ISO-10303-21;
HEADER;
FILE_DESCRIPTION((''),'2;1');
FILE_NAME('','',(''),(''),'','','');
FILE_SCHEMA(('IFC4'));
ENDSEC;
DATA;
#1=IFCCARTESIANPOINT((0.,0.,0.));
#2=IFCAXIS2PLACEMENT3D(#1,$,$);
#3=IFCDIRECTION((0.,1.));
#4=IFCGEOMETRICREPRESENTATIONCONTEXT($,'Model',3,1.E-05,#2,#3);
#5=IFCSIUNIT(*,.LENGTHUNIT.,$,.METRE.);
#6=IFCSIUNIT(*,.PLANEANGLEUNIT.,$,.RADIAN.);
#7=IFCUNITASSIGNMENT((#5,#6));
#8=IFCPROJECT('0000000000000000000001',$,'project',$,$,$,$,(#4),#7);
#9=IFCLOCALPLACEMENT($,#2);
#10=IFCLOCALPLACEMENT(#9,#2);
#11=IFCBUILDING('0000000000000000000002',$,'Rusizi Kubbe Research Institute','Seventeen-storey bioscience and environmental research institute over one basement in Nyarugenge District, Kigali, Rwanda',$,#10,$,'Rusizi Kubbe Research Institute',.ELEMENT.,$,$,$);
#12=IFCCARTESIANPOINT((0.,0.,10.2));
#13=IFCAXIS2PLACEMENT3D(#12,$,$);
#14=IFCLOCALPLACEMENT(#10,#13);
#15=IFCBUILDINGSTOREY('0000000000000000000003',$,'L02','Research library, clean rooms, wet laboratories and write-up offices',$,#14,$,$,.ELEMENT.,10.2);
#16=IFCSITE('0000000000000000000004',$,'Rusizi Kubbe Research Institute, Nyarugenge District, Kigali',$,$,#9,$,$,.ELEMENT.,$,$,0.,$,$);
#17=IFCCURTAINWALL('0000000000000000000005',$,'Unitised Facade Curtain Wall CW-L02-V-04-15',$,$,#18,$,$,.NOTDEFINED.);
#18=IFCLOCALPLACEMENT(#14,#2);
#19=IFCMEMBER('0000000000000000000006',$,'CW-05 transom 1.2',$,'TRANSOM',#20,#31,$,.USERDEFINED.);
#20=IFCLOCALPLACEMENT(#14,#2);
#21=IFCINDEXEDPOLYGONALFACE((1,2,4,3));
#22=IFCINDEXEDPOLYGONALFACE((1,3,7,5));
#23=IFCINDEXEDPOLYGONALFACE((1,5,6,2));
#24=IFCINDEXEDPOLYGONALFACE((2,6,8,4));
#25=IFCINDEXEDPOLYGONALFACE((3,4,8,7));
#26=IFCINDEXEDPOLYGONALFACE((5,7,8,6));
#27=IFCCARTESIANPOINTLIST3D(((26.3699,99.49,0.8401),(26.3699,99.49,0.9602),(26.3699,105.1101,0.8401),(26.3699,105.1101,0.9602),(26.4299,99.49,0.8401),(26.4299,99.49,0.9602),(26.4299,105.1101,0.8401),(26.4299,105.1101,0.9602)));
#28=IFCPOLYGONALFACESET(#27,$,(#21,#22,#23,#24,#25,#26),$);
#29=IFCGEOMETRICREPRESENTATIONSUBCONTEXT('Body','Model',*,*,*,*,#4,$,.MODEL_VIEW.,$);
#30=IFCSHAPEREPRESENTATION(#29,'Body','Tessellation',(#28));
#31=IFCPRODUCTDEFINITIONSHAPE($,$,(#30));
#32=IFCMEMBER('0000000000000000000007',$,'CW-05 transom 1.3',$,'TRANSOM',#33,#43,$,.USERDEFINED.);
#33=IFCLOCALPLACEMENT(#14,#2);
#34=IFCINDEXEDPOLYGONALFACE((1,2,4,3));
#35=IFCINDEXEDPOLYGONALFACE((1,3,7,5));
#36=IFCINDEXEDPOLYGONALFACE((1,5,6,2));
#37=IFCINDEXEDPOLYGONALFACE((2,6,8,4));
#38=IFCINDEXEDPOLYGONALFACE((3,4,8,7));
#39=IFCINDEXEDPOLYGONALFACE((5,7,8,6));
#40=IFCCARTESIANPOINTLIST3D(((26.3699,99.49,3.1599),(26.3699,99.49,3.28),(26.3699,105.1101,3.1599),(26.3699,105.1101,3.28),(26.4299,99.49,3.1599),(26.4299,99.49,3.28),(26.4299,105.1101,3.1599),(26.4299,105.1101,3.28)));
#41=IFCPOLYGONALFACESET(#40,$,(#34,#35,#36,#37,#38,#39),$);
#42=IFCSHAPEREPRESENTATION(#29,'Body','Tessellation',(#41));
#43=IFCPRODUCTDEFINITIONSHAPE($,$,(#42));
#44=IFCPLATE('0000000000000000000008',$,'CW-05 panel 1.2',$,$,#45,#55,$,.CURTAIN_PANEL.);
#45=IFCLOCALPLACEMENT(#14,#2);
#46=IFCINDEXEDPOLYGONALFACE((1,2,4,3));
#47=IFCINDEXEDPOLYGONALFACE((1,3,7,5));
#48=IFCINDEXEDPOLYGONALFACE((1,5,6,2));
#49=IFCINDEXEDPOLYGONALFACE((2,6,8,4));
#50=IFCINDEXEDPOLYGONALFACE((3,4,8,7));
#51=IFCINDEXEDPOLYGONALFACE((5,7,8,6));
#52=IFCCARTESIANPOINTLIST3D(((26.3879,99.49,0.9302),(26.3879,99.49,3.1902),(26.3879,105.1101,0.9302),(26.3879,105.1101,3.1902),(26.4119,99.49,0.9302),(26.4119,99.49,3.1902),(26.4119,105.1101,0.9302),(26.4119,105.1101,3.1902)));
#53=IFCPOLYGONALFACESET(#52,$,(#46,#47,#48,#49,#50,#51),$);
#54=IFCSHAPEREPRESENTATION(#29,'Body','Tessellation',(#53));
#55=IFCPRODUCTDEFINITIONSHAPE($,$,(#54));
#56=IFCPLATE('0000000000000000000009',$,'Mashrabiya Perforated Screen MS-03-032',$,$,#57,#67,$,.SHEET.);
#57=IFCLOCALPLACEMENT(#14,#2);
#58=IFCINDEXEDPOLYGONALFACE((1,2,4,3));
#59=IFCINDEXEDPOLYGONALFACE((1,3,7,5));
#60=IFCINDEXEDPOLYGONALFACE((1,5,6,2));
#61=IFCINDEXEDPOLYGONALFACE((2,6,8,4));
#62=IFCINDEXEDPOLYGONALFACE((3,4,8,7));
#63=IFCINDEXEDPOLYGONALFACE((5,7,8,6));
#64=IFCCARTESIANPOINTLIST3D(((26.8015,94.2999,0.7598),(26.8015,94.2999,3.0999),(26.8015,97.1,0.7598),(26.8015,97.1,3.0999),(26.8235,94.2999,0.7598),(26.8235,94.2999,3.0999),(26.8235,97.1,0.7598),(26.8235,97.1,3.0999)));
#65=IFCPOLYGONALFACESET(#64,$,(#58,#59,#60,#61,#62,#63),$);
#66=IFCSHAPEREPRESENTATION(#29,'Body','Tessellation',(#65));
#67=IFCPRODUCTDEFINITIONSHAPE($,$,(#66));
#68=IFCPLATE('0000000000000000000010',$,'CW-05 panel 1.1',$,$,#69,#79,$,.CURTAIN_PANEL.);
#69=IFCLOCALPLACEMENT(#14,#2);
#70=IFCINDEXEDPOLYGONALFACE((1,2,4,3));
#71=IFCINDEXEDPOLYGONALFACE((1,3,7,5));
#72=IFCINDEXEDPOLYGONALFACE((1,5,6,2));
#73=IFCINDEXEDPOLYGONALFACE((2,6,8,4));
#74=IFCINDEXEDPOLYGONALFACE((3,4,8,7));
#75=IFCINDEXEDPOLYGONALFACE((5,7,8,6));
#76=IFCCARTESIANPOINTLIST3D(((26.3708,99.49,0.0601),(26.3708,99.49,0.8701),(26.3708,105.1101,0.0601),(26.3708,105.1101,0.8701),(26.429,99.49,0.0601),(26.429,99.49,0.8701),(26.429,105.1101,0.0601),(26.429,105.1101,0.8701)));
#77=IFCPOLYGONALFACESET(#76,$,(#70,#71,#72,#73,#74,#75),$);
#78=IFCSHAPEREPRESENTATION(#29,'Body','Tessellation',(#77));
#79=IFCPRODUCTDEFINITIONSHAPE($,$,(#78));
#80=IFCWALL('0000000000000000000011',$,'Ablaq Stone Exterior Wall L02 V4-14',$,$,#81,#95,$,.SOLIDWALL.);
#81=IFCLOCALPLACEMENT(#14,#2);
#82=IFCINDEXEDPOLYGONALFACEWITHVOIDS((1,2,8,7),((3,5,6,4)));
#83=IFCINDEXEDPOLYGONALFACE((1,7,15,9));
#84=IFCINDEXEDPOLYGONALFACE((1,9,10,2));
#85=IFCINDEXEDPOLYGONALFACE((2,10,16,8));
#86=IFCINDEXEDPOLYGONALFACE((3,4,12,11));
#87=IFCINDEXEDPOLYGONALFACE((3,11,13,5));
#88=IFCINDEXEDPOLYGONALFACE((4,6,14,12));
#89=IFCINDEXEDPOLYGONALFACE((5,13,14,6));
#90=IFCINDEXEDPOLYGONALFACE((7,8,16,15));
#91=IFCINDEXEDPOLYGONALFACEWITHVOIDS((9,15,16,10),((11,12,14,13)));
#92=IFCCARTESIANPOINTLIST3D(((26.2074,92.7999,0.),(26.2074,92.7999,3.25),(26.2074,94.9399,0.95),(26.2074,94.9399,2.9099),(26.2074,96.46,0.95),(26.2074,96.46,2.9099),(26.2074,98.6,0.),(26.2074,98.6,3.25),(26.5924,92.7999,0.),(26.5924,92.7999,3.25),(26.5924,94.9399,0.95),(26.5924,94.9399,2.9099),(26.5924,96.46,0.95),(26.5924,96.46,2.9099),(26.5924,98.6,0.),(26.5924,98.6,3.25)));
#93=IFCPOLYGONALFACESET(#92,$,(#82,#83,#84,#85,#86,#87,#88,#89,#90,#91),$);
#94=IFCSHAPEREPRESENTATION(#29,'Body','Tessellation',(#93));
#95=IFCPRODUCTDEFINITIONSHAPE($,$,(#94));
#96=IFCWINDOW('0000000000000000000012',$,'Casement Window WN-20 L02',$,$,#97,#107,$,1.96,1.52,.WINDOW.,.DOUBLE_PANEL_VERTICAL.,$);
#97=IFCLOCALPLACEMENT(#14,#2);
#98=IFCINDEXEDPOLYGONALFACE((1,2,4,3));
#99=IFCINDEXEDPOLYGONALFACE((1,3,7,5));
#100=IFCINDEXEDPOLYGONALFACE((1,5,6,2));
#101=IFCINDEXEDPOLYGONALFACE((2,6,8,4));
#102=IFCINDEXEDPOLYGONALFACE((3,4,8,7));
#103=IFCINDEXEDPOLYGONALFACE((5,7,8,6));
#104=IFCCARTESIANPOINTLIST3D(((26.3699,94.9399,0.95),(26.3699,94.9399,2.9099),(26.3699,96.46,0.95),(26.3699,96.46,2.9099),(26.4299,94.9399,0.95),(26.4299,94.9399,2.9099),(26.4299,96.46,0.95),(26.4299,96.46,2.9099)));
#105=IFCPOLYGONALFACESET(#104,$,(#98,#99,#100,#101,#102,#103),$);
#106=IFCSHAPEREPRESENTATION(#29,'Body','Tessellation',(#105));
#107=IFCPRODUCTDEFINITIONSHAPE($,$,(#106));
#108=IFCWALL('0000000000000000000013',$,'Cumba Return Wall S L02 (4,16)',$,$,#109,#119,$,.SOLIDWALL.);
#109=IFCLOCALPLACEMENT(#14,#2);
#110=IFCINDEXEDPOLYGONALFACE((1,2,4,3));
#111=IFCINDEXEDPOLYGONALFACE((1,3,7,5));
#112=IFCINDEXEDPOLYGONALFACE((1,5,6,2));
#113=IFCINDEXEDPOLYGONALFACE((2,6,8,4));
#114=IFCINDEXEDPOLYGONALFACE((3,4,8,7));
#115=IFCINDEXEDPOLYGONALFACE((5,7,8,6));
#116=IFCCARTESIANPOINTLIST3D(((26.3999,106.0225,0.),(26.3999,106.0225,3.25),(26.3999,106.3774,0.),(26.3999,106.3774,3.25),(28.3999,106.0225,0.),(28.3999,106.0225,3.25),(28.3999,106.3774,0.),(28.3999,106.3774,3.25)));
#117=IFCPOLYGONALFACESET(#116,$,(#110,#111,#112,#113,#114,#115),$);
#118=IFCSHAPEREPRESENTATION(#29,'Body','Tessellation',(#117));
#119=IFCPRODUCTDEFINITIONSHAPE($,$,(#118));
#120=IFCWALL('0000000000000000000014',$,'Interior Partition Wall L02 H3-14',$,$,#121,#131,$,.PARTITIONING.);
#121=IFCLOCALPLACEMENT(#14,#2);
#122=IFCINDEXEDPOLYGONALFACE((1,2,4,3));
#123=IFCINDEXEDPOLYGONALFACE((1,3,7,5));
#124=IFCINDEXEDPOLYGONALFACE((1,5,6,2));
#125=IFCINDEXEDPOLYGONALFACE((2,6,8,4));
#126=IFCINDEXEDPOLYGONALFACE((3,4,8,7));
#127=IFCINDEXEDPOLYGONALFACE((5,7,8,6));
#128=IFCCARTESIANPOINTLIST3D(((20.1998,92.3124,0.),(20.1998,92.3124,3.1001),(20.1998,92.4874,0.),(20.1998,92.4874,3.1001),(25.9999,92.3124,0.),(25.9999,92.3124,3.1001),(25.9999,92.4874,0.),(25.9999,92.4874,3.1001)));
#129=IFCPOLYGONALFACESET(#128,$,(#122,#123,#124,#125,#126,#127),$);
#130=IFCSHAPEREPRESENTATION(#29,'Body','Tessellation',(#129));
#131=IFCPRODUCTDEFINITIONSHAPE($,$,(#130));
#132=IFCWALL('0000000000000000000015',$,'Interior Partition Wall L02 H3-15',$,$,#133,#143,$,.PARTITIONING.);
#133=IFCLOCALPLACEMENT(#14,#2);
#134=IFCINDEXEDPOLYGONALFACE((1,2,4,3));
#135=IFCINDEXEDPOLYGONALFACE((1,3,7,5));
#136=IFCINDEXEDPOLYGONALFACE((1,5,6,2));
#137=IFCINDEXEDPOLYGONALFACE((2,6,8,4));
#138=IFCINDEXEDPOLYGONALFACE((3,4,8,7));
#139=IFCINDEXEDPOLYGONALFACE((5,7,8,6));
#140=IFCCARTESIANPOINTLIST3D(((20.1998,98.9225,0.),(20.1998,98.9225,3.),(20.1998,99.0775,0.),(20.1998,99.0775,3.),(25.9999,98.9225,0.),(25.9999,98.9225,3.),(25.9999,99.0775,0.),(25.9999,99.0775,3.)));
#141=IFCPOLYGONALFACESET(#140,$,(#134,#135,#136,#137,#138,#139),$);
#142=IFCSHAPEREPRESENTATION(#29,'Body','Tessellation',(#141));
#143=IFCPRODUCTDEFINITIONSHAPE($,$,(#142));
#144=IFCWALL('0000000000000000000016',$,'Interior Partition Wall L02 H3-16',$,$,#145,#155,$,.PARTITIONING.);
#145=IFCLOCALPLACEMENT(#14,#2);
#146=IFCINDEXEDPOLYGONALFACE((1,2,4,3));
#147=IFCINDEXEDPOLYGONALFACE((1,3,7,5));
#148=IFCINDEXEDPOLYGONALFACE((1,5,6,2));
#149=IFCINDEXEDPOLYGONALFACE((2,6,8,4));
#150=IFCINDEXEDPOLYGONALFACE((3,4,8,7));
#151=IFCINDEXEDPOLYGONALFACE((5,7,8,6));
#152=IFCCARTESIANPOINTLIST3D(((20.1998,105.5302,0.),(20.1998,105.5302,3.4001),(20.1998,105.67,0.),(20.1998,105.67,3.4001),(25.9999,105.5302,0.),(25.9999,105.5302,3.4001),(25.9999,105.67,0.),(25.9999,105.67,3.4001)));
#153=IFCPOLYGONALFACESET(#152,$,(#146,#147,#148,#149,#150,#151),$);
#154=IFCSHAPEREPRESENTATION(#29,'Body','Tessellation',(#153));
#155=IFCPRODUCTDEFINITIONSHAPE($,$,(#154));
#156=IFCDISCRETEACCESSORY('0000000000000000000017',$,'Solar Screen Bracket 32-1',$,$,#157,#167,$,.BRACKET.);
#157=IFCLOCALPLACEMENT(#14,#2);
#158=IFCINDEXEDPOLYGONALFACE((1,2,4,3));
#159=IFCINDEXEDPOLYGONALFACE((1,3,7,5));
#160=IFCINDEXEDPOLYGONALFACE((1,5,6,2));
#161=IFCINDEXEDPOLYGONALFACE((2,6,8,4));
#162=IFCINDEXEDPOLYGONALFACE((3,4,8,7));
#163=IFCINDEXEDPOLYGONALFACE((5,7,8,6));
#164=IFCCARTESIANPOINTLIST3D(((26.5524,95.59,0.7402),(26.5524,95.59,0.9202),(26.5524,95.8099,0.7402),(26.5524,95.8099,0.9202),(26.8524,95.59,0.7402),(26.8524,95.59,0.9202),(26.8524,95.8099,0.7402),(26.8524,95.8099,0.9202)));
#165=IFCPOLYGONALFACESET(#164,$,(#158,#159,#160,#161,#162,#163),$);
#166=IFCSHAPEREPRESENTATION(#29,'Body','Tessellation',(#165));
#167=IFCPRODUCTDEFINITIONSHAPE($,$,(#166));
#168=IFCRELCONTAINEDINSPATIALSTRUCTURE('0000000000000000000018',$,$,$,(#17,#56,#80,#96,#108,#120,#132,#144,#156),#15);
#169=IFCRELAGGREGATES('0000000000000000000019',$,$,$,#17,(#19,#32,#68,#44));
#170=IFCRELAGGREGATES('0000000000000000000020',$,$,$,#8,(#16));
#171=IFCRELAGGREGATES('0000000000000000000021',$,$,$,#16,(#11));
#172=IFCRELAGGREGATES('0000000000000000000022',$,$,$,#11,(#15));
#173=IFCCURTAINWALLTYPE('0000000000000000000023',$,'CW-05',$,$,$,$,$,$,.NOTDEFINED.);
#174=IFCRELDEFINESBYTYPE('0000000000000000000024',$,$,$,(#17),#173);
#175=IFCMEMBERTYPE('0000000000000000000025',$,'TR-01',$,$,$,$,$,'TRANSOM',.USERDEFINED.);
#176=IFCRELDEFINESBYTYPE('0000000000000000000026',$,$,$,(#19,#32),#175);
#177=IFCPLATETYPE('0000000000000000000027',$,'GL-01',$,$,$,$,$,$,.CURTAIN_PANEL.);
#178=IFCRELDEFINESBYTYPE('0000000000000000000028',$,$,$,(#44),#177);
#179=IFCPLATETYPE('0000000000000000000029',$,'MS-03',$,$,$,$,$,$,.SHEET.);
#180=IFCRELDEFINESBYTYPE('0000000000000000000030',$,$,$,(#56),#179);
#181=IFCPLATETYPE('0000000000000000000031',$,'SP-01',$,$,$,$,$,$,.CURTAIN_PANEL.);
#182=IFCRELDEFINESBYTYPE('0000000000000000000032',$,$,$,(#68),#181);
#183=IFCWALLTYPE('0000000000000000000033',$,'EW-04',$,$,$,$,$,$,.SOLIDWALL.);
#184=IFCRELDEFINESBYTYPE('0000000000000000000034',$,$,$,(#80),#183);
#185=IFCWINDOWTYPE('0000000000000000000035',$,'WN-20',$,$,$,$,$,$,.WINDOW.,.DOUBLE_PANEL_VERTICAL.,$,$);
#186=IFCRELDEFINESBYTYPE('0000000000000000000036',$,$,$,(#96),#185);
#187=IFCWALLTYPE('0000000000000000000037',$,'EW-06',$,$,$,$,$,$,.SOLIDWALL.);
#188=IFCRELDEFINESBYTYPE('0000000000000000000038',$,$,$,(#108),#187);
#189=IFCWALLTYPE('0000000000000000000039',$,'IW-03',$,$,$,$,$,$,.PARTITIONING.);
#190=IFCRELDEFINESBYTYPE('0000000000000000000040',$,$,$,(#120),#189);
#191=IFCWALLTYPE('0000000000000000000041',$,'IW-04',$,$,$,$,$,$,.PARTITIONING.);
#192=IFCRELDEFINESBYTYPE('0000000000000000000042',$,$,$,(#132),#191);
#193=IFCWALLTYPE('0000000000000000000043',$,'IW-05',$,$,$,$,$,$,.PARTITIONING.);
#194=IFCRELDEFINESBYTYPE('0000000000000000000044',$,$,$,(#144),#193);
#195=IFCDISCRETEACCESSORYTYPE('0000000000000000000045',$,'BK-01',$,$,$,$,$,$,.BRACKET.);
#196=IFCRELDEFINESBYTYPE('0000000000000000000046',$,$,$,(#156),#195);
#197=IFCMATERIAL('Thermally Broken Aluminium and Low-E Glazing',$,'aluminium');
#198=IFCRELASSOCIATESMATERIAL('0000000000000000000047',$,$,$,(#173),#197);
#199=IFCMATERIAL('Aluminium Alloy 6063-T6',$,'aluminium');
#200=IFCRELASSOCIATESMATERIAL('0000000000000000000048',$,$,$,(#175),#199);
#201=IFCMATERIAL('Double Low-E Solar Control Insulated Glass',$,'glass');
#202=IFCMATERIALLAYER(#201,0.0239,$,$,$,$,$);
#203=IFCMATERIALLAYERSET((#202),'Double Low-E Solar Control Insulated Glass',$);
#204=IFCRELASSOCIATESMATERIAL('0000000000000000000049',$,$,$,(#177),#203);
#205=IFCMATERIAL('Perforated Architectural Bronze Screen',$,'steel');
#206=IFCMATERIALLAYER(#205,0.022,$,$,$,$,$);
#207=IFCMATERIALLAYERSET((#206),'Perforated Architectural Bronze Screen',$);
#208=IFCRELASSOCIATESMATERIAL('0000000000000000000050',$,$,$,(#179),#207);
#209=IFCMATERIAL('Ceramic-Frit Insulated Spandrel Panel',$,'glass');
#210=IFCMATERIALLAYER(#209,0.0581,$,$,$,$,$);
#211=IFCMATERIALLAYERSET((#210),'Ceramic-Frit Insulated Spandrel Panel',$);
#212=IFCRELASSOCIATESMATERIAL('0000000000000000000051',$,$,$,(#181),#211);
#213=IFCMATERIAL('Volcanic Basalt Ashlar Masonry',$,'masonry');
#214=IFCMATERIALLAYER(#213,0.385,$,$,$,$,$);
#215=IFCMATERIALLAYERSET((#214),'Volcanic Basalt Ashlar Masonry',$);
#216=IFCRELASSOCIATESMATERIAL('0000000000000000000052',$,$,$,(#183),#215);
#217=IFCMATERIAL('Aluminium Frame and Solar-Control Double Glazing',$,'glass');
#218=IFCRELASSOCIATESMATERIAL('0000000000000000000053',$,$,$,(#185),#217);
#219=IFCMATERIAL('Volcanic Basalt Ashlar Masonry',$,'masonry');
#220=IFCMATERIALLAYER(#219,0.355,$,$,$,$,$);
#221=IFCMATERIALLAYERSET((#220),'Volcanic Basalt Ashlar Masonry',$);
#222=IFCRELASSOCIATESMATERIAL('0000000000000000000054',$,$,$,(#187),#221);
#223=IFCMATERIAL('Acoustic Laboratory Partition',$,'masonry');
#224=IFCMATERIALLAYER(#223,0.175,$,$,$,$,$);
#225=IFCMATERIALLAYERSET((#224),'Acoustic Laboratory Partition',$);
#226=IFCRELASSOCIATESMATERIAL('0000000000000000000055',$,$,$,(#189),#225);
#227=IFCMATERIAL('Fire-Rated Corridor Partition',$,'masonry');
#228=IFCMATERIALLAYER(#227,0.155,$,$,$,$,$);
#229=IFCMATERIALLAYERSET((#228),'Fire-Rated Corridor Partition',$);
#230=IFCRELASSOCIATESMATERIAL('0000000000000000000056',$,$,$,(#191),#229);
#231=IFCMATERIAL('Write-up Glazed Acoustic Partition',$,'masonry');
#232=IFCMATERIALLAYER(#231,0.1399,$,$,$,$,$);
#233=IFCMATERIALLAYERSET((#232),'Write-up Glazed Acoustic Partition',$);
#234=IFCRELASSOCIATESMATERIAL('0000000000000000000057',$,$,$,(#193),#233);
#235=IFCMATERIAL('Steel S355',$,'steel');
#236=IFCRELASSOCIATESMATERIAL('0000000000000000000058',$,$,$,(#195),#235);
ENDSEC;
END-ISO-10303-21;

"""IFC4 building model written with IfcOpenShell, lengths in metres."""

from ifc_helpers import new_model, si_unit, direction, frame, frame_2d, origin, origin_2d, place, context, subcontext, project, spatial, rectangle, extrude, material, layer, layer_set, material_profile, profile_set, type_object, element, fill, aggregate, save


model = new_model("IFC4")

# Units and contexts
model_context = context("Model", 3, precision=1e-05, world=origin(), true_north=direction((0.0, 1.0)))
body_context = subcontext(model_context, "Body", "Model", "MODEL_VIEW")
ifc_project = project(units=[si_unit("LENGTHUNIT", "METRE"), si_unit("PLANEANGLEUNIT", "RADIAN")], contexts=[model_context])

# Site, building, storey
site_placement = place(None, origin())
site = spatial("IfcSite", under=ifc_project, at=site_placement, Name="Rusizi Kubbe Research Institute, Nyarugenge District, Kigali", CompositionType="ELEMENT", RefElevation=0.0)
building_placement = place(site_placement, origin())
building = spatial("IfcBuilding", under=site, at=building_placement, Name="Rusizi Kubbe Research Institute", Description="Seventeen-storey bioscience and environmental research institute over one basement in Nyarugenge District, Kigali, Rwanda", LongName="Rusizi Kubbe Research Institute", CompositionType="ELEMENT")
storey_placement = place(building_placement, frame((0.0, 0.0, 10.2)))
storey = spatial("IfcBuildingStorey", under=building, at=storey_placement, Name="L02", Description="Research library, clean rooms, wet laboratories and write-up offices", CompositionType="ELEMENT", Elevation=10.2)

# Curtain wall, members, plate
ifc_material_1 = material(Name="Thermally Broken Aluminium and Low-E Glazing", Category="aluminium")
curtain_wall_type = type_object("IfcCurtainWallType", Name="CW-05", PredefinedType="NOTDEFINED", material=ifc_material_1)
curtain_wall_placement = place(storey_placement, origin())
curtain_wall = element("IfcCurtainWall", 1, at=curtain_wall_placement, inside=storey, type_object=curtain_wall_type, Name="Unitised Facade Curtain Wall CW-L02-V-04-15", PredefinedType="NOTDEFINED")
ifc_material_2 = material(Name="Aluminium Alloy 6063-T6", Category="aluminium")
ifc_material_profile_1 = material_profile(ifc_material_2, rectangle(XDim=0.0601, YDim=0.1201, at=origin_2d()), Name="ALU-T 60x120")
ifc_profile_set_1 = profile_set([ifc_material_profile_1], Name="Aluminium Alloy 6063-T6")
member_type_1 = type_object("IfcMemberType", Name="TR-01", ElementType="TRANSOM", PredefinedType="USERDEFINED", material=ifc_profile_set_1)
member_1_placement = place(storey_placement, frame((26.3999, 99.49, 0.9001), z_axis=(0.0, 1.0, 0.0), x_axis=(-1.0, 0.0, 0.0)))
member_1 = element("IfcMember", 2, at=member_1_placement, type_object=member_type_1, Name="CW-05 transom 1.2", ObjectType="TRANSOM", PredefinedType="USERDEFINED", context=body_context, shape_type="SweptSolid", body=[
    extrude(rectangle(XDim=0.0601, YDim=0.1201, at=origin_2d()), origin(), (0.0, 0.0, 1.0), 5.6201),
])
member_2_placement = place(storey_placement, frame((26.3999, 99.49, 3.22), z_axis=(0.0, 1.0, 0.0), x_axis=(-1.0, 0.0, 0.0)))
member_2 = element("IfcMember", 3, at=member_2_placement, type_object=member_type_1, Name="CW-05 transom 1.3", ObjectType="TRANSOM", PredefinedType="USERDEFINED", context=body_context, shape_type="SweptSolid", body=[
    extrude(rectangle(XDim=0.0601, YDim=0.1201, at=origin_2d()), origin(), (0.0, 0.0, 1.0), 5.6201),
])
ifc_material_3 = material(Name="Double Low-E Solar Control Insulated Glass", Category="glass")
ifc_layer_1 = layer(ifc_material_3, 0.0239)
ifc_layer_set_1 = layer_set([ifc_layer_1], Name="Double Low-E Solar Control Insulated Glass")
plate_type_1 = type_object("IfcPlateType", Name="GL-01", PredefinedType="CURTAIN_PANEL", material=ifc_layer_set_1)
plate_1_placement = place(storey_placement, frame((26.3999, 102.3, 0.9302), z_axis=(0.0, 0.0, 1.0), x_axis=(0.0, 1.0, 0.0)))
plate_1 = element("IfcPlate", 4, at=plate_1_placement, type_object=plate_type_1, Name="CW-05 panel 1.2", PredefinedType="CURTAIN_PANEL", context=body_context, shape_type="SweptSolid", body=[
    extrude(rectangle(XDim=5.6201, YDim=0.0239, at=origin_2d()), origin(), (0.0, 0.0, 1.0), 2.26),
])

# Plates
ifc_material_4 = material(Name="Perforated Architectural Bronze Screen", Category="steel")
ifc_layer_2 = layer(ifc_material_4, 0.022)
ifc_layer_set_2 = layer_set([ifc_layer_2], Name="Perforated Architectural Bronze Screen")
plate_type_2 = type_object("IfcPlateType", Name="MS-03", PredefinedType="SHEET", material=ifc_layer_set_2)
plate_2_placement = place(storey_placement, frame((26.8125, 95.7, 0.7598), z_axis=(0.0, 0.0, 1.0), x_axis=(0.0, 1.0, 0.0)))
element("IfcPlate", 5, at=plate_2_placement, inside=storey, type_object=plate_type_2, Name="Mashrabiya Perforated Screen MS-03-032", PredefinedType="SHEET", context=body_context, shape_type="SweptSolid", body=[
    extrude(rectangle(XDim=2.8, YDim=0.022, at=origin_2d()), origin(), (0.0, 0.0, 1.0), 2.3401),
])
ifc_material_5 = material(Name="Ceramic-Frit Insulated Spandrel Panel", Category="glass")
ifc_layer_3 = layer(ifc_material_5, 0.0581)
ifc_layer_set_3 = layer_set([ifc_layer_3], Name="Ceramic-Frit Insulated Spandrel Panel")
plate_type_3 = type_object("IfcPlateType", Name="SP-01", PredefinedType="CURTAIN_PANEL", material=ifc_layer_set_3)
plate_3_placement = place(storey_placement, frame((26.3999, 102.3, 0.0601), z_axis=(0.0, 0.0, 1.0), x_axis=(0.0, 1.0, 0.0)))
plate_3 = element("IfcPlate", 6, at=plate_3_placement, type_object=plate_type_3, Name="CW-05 panel 1.1", PredefinedType="CURTAIN_PANEL", context=body_context, shape_type="SweptSolid", body=[
    extrude(rectangle(XDim=5.6201, YDim=0.0581, at=origin_2d()), origin(), (0.0, 0.0, 1.0), 0.8101),
])
aggregate(curtain_wall, [member_1, member_2, plate_3, plate_1])

# Wall, opening, window
ifc_material_6 = material(Name="Volcanic Basalt Ashlar Masonry", Category="masonry")
ifc_layer_4 = layer(ifc_material_6, 0.385)
ifc_layer_set_4 = layer_set([ifc_layer_4], Name="Volcanic Basalt Ashlar Masonry")
wall_type_1 = type_object("IfcWallType", Name="EW-04", PredefinedType="SOLIDWALL", material=ifc_layer_set_4)
wall_1_placement = place(storey_placement, frame((26.3999, 92.8, 0.0), z_axis=(0.0, 0.0, 1.0), x_axis=(0.0, 1.0, 0.0)))
wall_1 = element("IfcWall", 7, at=wall_1_placement, inside=storey, type_object=wall_type_1, Name="Ablaq Stone Exterior Wall L02 V4-14", PredefinedType="SOLIDWALL", context=body_context, shape_type="SweptSolid", body=[
    extrude(rectangle(XDim=5.8, YDim=0.385, at=frame_2d((2.8999, 0.0))), origin(), (0.0, 0.0, 1.0), 3.25),
])
opening_placement = place(wall_1_placement, frame((2.1399, 0.0, 0.95)))
opening = element("IfcOpeningElement", 8, at=opening_placement, cuts=wall_1, PredefinedType="OPENING", context=body_context, shape_type="SweptSolid", body=[
    extrude(rectangle(XDim=1.52, YDim=1.96, at=frame_2d((0.76, 0.98))), frame((0.0, 0.2024, 0.0), z_axis=(0.0, -1.0, 0.0), x_axis=(1.0, 0.0, 0.0)), (0.0, 0.0, 1.0), 0.405),
])
ifc_material_7 = material(Name="Aluminium Frame and Solar-Control Double Glazing", Category="glass")
window_type = type_object("IfcWindowType", Name="WN-20", PartitioningType="DOUBLE_PANEL_VERTICAL", PredefinedType="WINDOW", material=ifc_material_7)
window_placement = place(opening_placement, origin())
window = element("IfcWindow", 9, at=window_placement, inside=storey, type_object=window_type, Name="Casement Window WN-20 L02", OverallHeight=1.96, OverallWidth=1.52, PartitioningType="DOUBLE_PANEL_VERTICAL", PredefinedType="WINDOW", context=body_context, shape_type="SweptSolid", body=[
    extrude(rectangle(XDim=1.52, YDim=1.96, at=frame_2d((0.76, 0.98))), frame((0.0, 0.03, 0.0), z_axis=(0.0, -1.0, 0.0), x_axis=(1.0, 0.0, 0.0)), (0.0, 0.0, 1.0), 0.0601),
])
fill(opening, window)

# Walls
ifc_material_8 = material(Name="Volcanic Basalt Ashlar Masonry", Category="masonry")
ifc_layer_5 = layer(ifc_material_8, 0.355)
ifc_layer_set_5 = layer_set([ifc_layer_5], Name="Volcanic Basalt Ashlar Masonry")
wall_type_2 = type_object("IfcWallType", Name="EW-06", PredefinedType="SOLIDWALL", material=ifc_layer_set_5)
wall_2_placement = place(storey_placement, frame((26.3999, 106.2, 0.0), z_axis=(0.0, 0.0, 1.0), x_axis=(1.0, 0.0, 0.0)))
element("IfcWall", 10, at=wall_2_placement, inside=storey, type_object=wall_type_2, Name="Cumba Return Wall S L02 (4,16)", PredefinedType="SOLIDWALL", context=body_context, shape_type="SweptSolid", body=[
    extrude(rectangle(XDim=2.0, YDim=0.355, at=frame_2d((1.0, 0.0))), origin(), (0.0, 0.0, 1.0), 3.25),
])
ifc_material_9 = material(Name="Acoustic Laboratory Partition", Category="masonry")
ifc_layer_6 = layer(ifc_material_9, 0.175)
ifc_layer_set_6 = layer_set([ifc_layer_6], Name="Acoustic Laboratory Partition")
wall_type_3 = type_object("IfcWallType", Name="IW-03", PredefinedType="PARTITIONING", material=ifc_layer_set_6)
wall_3_placement = place(storey_placement, frame((20.2, 92.3999, 0.0), z_axis=(0.0, 0.0, 1.0), x_axis=(1.0, 0.0, 0.0)))
element("IfcWall", 11, at=wall_3_placement, inside=storey, type_object=wall_type_3, Name="Interior Partition Wall L02 H3-14", PredefinedType="PARTITIONING", context=body_context, shape_type="SweptSolid", body=[
    extrude(rectangle(XDim=5.8, YDim=0.175, at=frame_2d((2.8999, 0.0))), origin(), (0.0, 0.0, 1.0), 3.1001),
])
ifc_material_10 = material(Name="Fire-Rated Corridor Partition", Category="masonry")
ifc_layer_7 = layer(ifc_material_10, 0.155)
ifc_layer_set_7 = layer_set([ifc_layer_7], Name="Fire-Rated Corridor Partition")
wall_type_4 = type_object("IfcWallType", Name="IW-04", PredefinedType="PARTITIONING", material=ifc_layer_set_7)
wall_4_placement = place(storey_placement, frame((20.2, 99.0, 0.0), z_axis=(0.0, 0.0, 1.0), x_axis=(1.0, 0.0, 0.0)))
element("IfcWall", 12, at=wall_4_placement, inside=storey, type_object=wall_type_4, Name="Interior Partition Wall L02 H3-15", PredefinedType="PARTITIONING", context=body_context, shape_type="SweptSolid", body=[
    extrude(rectangle(XDim=5.8, YDim=0.155, at=frame_2d((2.8999, 0.0))), origin(), (0.0, 0.0, 1.0), 3.0),
])
ifc_material_11 = material(Name="Write-up Glazed Acoustic Partition", Category="masonry")
ifc_layer_8 = layer(ifc_material_11, 0.1399)
ifc_layer_set_8 = layer_set([ifc_layer_8], Name="Write-up Glazed Acoustic Partition")
wall_type_5 = type_object("IfcWallType", Name="IW-05", PredefinedType="PARTITIONING", material=ifc_layer_set_8)
wall_5_placement = place(storey_placement, frame((20.2, 105.6001, 0.0), z_axis=(0.0, 0.0, 1.0), x_axis=(1.0, 0.0, 0.0)))
element("IfcWall", 13, at=wall_5_placement, inside=storey, type_object=wall_type_5, Name="Interior Partition Wall L02 H3-16", PredefinedType="PARTITIONING", context=body_context, shape_type="SweptSolid", body=[
    extrude(rectangle(XDim=5.8, YDim=0.1399, at=frame_2d((2.8999, 0.0))), origin(), (0.0, 0.0, 1.0), 3.4001),
])

# Discrete accessory
ifc_material_12 = material(Name="Steel S355", Category="steel")
discrete_accessory_type = type_object("IfcDiscreteAccessoryType", Name="BK-01", PredefinedType="BRACKET", material=ifc_material_12)
for number, where, z_axis, x_axis, name in (
    (14, (26.7024, 95.7, 0.7402), (0.0, 0.0, 1.0), (1.0, 0.0, 0.0), "Solar Screen Bracket 32-1"),
):
    element("IfcDiscreteAccessory", number, at=place(storey_placement, frame(where, z_axis=z_axis, x_axis=x_axis)), inside=storey, type_object=discrete_accessory_type, Name=name, PredefinedType="BRACKET", context=body_context, shape_type="SweptSolid", body=[
        extrude(rectangle(XDim=0.3, YDim=0.22, at=origin_2d()), origin(), (0.0, 0.0, 1.0), 0.1799),
    ])

save(model, "model.ifc")
